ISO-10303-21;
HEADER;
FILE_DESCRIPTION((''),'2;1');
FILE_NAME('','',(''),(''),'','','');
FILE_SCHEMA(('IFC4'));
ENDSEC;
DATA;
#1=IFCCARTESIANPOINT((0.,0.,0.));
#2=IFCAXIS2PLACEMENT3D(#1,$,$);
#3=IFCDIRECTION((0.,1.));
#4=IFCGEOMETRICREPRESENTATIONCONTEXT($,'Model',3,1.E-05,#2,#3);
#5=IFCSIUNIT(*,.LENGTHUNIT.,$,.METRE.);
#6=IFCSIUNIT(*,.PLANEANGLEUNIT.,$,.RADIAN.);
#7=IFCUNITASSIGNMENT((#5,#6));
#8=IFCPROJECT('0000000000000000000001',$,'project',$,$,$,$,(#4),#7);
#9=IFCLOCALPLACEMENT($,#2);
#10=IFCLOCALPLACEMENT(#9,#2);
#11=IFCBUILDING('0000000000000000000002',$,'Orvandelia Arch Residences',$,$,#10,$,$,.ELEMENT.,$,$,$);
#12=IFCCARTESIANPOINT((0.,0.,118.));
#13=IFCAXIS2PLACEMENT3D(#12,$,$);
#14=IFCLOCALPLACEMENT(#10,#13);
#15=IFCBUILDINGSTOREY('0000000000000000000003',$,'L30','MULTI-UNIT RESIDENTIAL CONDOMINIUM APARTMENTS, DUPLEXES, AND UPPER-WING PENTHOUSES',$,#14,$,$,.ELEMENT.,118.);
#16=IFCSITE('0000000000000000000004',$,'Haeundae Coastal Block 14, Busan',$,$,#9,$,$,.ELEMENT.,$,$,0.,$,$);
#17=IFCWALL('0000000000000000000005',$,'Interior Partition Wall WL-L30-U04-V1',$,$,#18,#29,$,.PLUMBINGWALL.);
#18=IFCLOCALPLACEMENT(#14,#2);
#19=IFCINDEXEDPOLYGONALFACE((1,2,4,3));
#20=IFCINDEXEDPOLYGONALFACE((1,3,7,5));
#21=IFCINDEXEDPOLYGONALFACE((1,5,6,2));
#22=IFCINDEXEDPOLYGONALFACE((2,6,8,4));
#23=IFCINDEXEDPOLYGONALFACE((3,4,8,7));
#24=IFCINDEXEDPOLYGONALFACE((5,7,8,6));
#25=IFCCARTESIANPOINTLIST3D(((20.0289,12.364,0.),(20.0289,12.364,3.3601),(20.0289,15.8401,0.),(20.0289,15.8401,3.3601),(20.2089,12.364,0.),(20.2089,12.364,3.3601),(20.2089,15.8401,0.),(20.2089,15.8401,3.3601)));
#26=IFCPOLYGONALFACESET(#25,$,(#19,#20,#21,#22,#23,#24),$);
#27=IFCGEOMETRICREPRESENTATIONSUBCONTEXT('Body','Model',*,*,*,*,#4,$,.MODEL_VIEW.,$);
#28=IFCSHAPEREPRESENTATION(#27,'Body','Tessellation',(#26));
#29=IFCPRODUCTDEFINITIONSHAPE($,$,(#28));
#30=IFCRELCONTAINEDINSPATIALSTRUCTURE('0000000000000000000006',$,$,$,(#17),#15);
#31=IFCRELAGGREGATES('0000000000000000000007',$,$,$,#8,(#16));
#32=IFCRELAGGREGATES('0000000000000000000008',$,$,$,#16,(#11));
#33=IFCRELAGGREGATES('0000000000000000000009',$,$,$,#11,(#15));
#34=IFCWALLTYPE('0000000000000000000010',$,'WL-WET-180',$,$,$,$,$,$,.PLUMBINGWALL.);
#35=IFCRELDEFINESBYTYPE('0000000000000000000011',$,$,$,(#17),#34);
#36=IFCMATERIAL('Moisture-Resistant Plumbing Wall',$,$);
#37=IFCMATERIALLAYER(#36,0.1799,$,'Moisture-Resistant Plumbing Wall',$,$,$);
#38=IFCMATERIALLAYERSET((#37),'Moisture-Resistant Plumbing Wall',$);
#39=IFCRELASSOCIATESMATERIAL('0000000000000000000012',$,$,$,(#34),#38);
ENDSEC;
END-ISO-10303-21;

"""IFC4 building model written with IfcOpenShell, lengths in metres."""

from ifc_helpers import new_model, si_unit, direction, frame, frame_2d, origin, place, context, subcontext, project, spatial, rectangle, extrude, material, layer, layer_set, type_object, element, save


model = new_model("IFC4")

# Units and contexts
model_context = context("Model", 3, precision=1e-05, world=origin(), true_north=direction((0.0, 1.0)))
body_context = subcontext(model_context, "Body", "Model", "MODEL_VIEW")
ifc_project = project(units=[si_unit("LENGTHUNIT", "METRE"), si_unit("PLANEANGLEUNIT", "RADIAN")], contexts=[model_context])

# Site, building, storey
site_placement = place(None, origin())
site = spatial("IfcSite", under=ifc_project, at=site_placement, Name="Haeundae Coastal Block 14, Busan", CompositionType="ELEMENT", RefElevation=0.0)
building_placement = place(site_placement, origin())
building = spatial("IfcBuilding", under=site, at=building_placement, Name="Orvandelia Arch Residences", CompositionType="ELEMENT")
storey_placement = place(building_placement, frame((0.0, 0.0, 118.0)))
storey = spatial("IfcBuildingStorey", under=building, at=storey_placement, Name="L30", Description="MULTI-UNIT RESIDENTIAL CONDOMINIUM APARTMENTS, DUPLEXES, AND UPPER-WING PENTHOUSES", CompositionType="ELEMENT", Elevation=118.0)

# Shared definitions
ifc_material_1 = material(Name="Moisture-Resistant Plumbing Wall")
ifc_layer_1 = layer(ifc_material_1, 0.1799, Name="Moisture-Resistant Plumbing Wall")
ifc_layer_set_1 = layer_set([ifc_layer_1], Name="Moisture-Resistant Plumbing Wall")
wall_type_1 = type_object("IfcWallType", Name="WL-WET-180", PredefinedType="PLUMBINGWALL", material=ifc_layer_set_1)

# Wall
wall_1_placement = place(storey_placement, frame((20.1189, 12.364, 0.0), z_axis=(0.0, 0.0, 1.0), x_axis=(0.0, 1.0, 0.0)))
element("IfcWall", 1, at=wall_1_placement, inside=storey, type_object=wall_type_1, Name="Interior Partition Wall WL-L30-U04-V1", PredefinedType="PLUMBINGWALL", context=body_context, shape_type="SweptSolid", body=[
    extrude(rectangle(XDim=3.4761, YDim=0.1799, at=frame_2d((1.738, 0.0))), origin(), (0.0, 0.0, 1.0), 3.3601),
])

save(model, "model.ifc")
